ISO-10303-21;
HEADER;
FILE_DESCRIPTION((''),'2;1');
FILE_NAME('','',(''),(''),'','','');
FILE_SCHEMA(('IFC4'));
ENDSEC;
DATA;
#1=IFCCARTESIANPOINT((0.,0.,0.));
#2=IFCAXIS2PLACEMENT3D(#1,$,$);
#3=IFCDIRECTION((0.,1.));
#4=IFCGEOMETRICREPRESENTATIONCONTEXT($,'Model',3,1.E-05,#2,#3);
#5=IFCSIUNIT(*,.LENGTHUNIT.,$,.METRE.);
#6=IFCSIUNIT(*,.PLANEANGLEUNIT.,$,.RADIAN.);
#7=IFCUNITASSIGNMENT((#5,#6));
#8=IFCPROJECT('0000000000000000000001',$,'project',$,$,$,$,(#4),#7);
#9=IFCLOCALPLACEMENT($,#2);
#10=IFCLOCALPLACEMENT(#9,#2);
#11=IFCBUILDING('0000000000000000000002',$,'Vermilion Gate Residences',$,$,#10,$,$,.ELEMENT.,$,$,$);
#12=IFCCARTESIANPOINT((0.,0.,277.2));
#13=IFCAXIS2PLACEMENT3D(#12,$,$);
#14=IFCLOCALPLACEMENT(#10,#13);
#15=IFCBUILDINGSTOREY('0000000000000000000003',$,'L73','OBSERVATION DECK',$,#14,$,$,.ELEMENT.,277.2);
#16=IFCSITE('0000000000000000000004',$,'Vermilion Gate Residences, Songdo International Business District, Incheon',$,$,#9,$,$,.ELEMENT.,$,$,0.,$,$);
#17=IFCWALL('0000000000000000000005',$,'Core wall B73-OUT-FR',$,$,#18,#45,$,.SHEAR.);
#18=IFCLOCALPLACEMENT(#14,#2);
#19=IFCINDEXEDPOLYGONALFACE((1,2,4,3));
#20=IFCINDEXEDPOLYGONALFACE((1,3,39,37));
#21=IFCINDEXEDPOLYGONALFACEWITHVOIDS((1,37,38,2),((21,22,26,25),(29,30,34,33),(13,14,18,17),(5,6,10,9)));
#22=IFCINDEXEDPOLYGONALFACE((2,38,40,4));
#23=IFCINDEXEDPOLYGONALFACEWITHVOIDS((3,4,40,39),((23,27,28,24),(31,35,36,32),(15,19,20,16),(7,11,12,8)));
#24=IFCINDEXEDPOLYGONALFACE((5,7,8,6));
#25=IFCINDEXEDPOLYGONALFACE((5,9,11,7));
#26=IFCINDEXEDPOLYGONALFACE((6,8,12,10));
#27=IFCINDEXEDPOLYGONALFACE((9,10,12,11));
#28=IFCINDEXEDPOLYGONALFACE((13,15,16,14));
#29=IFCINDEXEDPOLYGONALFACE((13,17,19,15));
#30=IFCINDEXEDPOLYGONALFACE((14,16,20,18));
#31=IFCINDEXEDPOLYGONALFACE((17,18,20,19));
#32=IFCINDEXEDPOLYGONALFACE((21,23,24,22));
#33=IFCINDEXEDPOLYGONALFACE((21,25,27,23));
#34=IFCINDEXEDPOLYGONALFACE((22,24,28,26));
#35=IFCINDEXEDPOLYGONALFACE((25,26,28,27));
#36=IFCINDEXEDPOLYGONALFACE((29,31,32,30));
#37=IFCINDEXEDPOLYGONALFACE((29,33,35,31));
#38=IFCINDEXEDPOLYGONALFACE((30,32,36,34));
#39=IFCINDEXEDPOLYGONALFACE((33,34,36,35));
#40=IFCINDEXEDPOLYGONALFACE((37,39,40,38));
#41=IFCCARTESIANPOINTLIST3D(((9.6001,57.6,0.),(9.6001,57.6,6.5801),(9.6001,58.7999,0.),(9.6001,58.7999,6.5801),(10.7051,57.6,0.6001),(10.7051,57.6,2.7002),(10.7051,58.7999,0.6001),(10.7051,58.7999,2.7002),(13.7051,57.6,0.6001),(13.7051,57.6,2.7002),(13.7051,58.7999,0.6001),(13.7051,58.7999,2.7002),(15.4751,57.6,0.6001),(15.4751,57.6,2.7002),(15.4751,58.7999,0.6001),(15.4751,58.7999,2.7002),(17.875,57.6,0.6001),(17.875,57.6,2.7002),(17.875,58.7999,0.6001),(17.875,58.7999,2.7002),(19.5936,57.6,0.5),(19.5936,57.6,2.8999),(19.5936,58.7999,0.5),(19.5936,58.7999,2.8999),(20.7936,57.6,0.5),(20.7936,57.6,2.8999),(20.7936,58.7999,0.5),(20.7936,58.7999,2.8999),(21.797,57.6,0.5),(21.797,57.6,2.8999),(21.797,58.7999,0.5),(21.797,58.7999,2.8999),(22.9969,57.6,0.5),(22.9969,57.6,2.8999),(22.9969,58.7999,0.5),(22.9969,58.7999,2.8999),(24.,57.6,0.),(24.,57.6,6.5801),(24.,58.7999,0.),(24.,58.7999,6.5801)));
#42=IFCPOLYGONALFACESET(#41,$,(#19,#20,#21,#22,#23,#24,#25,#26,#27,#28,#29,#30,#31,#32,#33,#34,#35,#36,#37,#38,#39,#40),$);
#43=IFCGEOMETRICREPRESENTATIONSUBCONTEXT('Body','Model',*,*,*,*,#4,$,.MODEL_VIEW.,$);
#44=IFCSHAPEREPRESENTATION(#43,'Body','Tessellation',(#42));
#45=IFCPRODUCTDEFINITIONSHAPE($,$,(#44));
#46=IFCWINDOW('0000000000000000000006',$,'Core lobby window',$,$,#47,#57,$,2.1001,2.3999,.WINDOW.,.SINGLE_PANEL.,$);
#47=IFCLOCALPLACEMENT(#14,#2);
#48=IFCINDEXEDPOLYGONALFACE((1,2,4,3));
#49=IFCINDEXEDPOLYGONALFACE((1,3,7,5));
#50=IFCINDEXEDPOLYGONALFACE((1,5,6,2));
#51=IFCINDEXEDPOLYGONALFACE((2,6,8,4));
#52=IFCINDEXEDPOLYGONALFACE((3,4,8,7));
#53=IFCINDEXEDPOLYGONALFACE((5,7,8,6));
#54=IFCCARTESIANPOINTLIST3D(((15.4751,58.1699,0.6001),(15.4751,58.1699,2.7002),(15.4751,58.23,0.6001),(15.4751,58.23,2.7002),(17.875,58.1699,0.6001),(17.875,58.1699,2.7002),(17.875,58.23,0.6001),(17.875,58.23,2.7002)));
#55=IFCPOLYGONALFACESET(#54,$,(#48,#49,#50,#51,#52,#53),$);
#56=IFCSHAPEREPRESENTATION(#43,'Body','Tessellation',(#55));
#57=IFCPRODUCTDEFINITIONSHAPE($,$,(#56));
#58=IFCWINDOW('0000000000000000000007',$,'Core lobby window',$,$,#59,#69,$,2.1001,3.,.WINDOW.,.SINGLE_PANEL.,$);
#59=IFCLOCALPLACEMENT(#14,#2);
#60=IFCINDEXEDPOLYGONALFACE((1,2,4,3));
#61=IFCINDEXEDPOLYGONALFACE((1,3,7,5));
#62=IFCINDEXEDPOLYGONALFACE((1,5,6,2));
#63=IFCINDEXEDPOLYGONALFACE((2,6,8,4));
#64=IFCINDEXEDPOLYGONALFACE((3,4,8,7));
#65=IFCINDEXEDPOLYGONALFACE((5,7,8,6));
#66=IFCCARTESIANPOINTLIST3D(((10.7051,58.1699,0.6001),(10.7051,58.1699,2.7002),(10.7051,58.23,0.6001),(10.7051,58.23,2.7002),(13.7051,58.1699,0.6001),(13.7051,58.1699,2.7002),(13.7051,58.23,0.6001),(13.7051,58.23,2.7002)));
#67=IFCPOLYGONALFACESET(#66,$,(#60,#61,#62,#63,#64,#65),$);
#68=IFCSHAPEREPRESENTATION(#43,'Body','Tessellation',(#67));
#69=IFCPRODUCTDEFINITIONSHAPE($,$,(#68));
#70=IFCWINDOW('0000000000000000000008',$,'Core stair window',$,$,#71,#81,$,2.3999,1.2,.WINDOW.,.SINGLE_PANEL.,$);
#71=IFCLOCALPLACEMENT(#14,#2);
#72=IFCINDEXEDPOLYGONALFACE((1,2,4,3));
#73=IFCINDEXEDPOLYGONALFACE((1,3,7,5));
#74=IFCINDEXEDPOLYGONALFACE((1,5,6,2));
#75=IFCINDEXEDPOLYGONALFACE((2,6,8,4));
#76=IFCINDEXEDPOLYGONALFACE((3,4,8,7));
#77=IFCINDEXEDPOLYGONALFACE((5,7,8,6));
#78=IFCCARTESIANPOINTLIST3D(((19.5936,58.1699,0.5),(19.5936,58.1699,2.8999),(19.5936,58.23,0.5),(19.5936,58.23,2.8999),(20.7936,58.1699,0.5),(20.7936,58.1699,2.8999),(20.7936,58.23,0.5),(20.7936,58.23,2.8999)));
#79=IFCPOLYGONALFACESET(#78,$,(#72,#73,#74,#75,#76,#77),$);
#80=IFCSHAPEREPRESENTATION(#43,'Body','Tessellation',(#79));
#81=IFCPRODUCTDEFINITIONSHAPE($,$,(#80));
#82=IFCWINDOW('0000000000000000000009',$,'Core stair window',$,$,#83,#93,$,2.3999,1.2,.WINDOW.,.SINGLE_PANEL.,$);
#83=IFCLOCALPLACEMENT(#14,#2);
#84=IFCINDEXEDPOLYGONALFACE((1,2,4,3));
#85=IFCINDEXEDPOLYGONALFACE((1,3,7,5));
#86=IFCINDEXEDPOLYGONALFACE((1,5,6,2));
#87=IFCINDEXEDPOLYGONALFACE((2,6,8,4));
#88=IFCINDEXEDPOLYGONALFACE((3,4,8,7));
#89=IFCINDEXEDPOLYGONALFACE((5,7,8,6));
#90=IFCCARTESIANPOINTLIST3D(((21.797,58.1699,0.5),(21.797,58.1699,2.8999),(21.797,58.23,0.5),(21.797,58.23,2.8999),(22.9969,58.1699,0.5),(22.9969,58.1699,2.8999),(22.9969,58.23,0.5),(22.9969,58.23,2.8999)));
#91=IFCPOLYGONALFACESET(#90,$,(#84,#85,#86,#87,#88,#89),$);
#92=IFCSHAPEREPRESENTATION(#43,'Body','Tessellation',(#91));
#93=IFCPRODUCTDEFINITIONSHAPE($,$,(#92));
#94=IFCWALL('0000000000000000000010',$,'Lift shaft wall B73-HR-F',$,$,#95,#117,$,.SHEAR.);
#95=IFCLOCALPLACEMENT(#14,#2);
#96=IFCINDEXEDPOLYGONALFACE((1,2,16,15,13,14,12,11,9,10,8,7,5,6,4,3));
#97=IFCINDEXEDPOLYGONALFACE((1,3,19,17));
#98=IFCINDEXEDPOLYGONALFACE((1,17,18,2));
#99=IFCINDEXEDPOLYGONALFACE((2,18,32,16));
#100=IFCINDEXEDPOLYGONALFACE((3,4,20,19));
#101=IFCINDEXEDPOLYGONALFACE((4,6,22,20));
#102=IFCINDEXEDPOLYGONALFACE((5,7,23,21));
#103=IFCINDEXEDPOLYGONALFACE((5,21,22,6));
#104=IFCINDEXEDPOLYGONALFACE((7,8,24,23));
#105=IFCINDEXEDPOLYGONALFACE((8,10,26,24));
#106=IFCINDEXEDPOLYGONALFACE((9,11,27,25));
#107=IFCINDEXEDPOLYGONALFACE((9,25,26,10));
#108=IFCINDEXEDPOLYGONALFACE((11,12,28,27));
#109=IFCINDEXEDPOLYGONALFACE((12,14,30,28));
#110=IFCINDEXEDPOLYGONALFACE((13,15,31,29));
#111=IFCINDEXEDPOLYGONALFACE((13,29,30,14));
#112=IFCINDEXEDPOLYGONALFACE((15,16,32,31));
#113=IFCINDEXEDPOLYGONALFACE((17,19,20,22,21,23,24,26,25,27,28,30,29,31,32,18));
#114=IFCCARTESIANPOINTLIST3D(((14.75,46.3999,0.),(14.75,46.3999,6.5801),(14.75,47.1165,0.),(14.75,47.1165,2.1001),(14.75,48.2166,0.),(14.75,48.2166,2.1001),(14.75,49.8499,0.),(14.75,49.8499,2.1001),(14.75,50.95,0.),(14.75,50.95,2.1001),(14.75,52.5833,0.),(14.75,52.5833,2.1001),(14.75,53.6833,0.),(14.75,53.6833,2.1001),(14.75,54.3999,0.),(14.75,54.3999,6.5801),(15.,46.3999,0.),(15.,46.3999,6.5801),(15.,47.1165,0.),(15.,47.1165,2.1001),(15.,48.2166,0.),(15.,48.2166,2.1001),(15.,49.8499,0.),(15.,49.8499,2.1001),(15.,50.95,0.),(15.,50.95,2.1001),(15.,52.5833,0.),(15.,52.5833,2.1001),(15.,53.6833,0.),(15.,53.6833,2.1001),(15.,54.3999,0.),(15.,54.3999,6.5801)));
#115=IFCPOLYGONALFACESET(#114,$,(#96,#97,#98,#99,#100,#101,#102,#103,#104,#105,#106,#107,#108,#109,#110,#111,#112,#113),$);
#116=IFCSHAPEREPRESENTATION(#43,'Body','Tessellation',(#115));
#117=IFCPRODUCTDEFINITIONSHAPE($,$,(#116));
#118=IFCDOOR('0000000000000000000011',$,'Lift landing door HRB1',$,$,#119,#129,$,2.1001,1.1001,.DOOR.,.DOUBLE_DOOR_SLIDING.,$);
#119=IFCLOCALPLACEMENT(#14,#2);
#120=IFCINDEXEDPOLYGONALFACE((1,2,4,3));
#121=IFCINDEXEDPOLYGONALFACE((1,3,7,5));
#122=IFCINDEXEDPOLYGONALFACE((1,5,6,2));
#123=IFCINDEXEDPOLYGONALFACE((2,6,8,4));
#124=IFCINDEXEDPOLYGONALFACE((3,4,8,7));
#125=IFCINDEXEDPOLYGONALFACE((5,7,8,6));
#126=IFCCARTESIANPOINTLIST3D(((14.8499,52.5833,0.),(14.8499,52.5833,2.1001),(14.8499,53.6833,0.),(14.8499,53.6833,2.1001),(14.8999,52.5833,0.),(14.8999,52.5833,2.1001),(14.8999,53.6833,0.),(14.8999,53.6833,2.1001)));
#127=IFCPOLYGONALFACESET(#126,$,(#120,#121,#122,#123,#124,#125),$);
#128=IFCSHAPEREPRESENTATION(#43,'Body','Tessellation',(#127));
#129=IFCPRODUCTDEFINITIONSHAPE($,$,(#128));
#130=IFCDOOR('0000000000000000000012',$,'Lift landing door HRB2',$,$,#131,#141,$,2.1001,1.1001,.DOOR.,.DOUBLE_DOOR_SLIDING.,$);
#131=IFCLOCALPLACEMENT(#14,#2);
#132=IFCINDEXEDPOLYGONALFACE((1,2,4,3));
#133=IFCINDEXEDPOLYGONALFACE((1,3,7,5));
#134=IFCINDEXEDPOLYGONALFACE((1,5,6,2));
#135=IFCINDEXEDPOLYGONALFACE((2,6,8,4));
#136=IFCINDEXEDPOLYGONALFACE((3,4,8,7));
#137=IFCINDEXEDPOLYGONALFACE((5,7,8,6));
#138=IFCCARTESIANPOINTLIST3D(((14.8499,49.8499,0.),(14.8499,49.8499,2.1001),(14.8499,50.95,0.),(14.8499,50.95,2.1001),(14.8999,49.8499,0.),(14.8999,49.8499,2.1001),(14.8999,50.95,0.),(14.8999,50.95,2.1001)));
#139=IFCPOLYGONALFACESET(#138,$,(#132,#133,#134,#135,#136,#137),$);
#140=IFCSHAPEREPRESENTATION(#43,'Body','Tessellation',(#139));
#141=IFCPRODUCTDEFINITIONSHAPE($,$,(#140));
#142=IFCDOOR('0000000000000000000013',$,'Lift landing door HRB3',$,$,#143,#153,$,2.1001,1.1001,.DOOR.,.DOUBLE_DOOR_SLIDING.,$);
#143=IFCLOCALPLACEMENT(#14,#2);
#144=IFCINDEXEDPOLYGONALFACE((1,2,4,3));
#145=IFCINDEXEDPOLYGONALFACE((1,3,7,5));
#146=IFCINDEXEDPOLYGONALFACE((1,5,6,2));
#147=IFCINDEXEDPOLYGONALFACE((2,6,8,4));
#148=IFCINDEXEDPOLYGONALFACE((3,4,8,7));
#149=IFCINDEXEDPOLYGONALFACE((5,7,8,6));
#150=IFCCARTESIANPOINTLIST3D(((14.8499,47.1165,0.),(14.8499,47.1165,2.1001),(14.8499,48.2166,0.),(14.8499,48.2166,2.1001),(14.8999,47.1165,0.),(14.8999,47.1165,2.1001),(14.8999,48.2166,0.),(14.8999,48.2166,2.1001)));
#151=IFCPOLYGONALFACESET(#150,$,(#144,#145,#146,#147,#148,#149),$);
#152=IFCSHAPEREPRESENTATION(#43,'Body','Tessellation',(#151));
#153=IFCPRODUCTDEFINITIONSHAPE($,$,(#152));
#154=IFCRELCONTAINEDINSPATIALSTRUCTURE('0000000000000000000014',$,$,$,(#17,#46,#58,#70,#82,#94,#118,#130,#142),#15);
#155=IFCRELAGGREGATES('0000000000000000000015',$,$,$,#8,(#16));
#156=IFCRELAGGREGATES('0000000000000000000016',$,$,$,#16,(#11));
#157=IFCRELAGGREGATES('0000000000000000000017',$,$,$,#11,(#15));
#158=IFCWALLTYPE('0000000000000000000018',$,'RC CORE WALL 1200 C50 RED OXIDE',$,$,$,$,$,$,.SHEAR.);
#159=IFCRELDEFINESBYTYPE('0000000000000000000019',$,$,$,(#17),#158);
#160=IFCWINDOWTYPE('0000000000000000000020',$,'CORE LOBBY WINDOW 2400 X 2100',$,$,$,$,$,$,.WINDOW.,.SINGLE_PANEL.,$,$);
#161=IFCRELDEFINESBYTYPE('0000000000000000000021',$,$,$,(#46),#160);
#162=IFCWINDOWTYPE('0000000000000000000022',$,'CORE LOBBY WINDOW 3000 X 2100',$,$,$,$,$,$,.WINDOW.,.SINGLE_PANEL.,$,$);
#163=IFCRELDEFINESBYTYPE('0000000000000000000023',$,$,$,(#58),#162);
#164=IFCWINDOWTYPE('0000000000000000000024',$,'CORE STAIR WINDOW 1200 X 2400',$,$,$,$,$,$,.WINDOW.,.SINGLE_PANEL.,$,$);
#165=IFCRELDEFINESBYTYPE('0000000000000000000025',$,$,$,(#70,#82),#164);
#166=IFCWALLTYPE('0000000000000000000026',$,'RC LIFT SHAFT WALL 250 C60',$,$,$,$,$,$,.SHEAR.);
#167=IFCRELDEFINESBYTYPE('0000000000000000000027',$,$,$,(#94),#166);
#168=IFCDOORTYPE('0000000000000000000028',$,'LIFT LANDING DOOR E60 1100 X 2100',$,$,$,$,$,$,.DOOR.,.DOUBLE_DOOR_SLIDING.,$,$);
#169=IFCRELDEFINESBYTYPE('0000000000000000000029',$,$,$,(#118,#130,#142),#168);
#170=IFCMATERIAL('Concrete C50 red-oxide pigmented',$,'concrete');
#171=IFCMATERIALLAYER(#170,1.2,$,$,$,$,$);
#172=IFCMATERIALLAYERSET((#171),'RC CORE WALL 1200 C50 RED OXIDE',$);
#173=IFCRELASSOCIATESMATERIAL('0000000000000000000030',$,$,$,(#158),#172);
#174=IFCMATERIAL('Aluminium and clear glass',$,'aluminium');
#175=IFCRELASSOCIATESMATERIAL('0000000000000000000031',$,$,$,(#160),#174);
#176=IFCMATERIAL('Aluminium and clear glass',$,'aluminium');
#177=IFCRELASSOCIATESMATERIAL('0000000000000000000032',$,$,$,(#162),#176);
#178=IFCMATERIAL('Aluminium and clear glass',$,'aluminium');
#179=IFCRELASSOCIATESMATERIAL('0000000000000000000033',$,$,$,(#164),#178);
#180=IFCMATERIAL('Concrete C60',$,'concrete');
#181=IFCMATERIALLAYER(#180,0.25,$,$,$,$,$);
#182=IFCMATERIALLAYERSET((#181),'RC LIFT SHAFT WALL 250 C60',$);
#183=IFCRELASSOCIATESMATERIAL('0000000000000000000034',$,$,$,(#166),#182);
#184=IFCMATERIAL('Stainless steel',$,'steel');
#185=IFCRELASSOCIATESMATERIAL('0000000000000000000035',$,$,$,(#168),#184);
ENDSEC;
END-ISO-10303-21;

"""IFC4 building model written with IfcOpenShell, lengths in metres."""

from ifc_helpers import new_model, si_unit, direction, frame, frame_2d, origin, place, context, subcontext, project, spatial, rectangle, extrude, material, layer, layer_set, type_object, element, fill, save


model = new_model("IFC4")

# Units and contexts
model_context = context("Model", 3, precision=1e-05, world=origin(), true_north=direction((0.0, 1.0)))
body_context = subcontext(model_context, "Body", "Model", "MODEL_VIEW")
ifc_project = project(units=[si_unit("LENGTHUNIT", "METRE"), si_unit("PLANEANGLEUNIT", "RADIAN")], contexts=[model_context])

# Site, building, storey
site_placement = place(None, origin())
site = spatial("IfcSite", under=ifc_project, at=site_placement, Name="Vermilion Gate Residences, Songdo International Business District, Incheon", CompositionType="ELEMENT", RefElevation=0.0)
building_placement = place(site_placement, origin())
building = spatial("IfcBuilding", under=site, at=building_placement, Name="Vermilion Gate Residences", CompositionType="ELEMENT")
storey_placement = place(building_placement, frame((0.0, 0.0, 277.2)))
storey = spatial("IfcBuildingStorey", under=building, at=storey_placement, Name="L73", Description="OBSERVATION DECK", CompositionType="ELEMENT", Elevation=277.2)

# Wall, openings, windows
ifc_material_1 = material(Name="Concrete C50 red-oxide pigmented", Category="concrete")
ifc_layer_1 = layer(ifc_material_1, 1.2)
ifc_layer_set_1 = layer_set([ifc_layer_1], Name="RC CORE WALL 1200 C50 RED OXIDE")
wall_type_1 = type_object("IfcWallType", Name="RC CORE WALL 1200 C50 RED OXIDE", PredefinedType="SHEAR", material=ifc_layer_set_1)
ifc_material_2 = material(Name="Aluminium and clear glass", Category="aluminium")
window_type_1 = type_object("IfcWindowType", Name="CORE LOBBY WINDOW 2400 X 2100", PartitioningType="SINGLE_PANEL", PredefinedType="WINDOW", material=ifc_material_2)
wall_1_placement = place(storey_placement, frame((9.6001, 58.2, 0.0), z_axis=(0.0, 0.0, 1.0), x_axis=(1.0, 0.0, 0.0)))
wall_1 = element("IfcWall", 1, at=wall_1_placement, inside=storey, type_object=wall_type_1, Name="Core wall B73-OUT-FR", PredefinedType="SHEAR", context=body_context, shape_type="SweptSolid", body=[
    extrude(rectangle(XDim=14.3999, YDim=1.2, at=frame_2d((7.2, 0.0))), origin(), (0.0, 0.0, 1.0), 6.5801),
])
opening_1_placement = place(wall_1_placement, frame((1.105, 0.0, 0.6001)))
opening_1 = element("IfcOpeningElement", 2, at=opening_1_placement, cuts=wall_1, PredefinedType="OPENING", context=body_context, shape_type="SweptSolid", body=[
    extrude(rectangle(XDim=3.0, YDim=2.1001, at=frame_2d((1.5, 1.05))), frame((0.0, 0.6099, 0.0), z_axis=(0.0, -1.0, 0.0), x_axis=(1.0, 0.0, 0.0)), (0.0, 0.0, 1.0), 1.22),
])
opening_2_placement = place(wall_1_placement, frame((5.875, 0.0, 0.6001)))
opening_2 = element("IfcOpeningElement", 3, at=opening_2_placement, cuts=wall_1, PredefinedType="OPENING", context=body_context, shape_type="SweptSolid", body=[
    extrude(rectangle(XDim=2.3999, YDim=2.1001, at=frame_2d((1.2, 1.05))), frame((0.0, 0.6099, 0.0), z_axis=(0.0, -1.0, 0.0), x_axis=(1.0, 0.0, 0.0)), (0.0, 0.0, 1.0), 1.22),
])
opening_3_placement = place(wall_1_placement, frame((9.9934, 0.0, 0.5)))
opening_3 = element("IfcOpeningElement", 4, at=opening_3_placement, cuts=wall_1, PredefinedType="OPENING", context=body_context, shape_type="SweptSolid", body=[
    extrude(rectangle(XDim=1.2, YDim=2.3999, at=frame_2d((0.6001, 1.2))), frame((0.0, 0.6099, 0.0), z_axis=(0.0, -1.0, 0.0), x_axis=(1.0, 0.0, 0.0)), (0.0, 0.0, 1.0), 1.22),
])
opening_4_placement = place(wall_1_placement, frame((12.1968, 0.0, 0.5)))
opening_4 = element("IfcOpeningElement", 5, at=opening_4_placement, cuts=wall_1, PredefinedType="OPENING", context=body_context, shape_type="SweptSolid", body=[
    extrude(rectangle(XDim=1.2, YDim=2.3999, at=frame_2d((0.6001, 1.2))), frame((0.0, 0.6099, 0.0), z_axis=(0.0, -1.0, 0.0), x_axis=(1.0, 0.0, 0.0)), (0.0, 0.0, 1.0), 1.22),
])
window_1_placement = place(opening_2_placement, origin())
window_1 = element("IfcWindow", 6, at=window_1_placement, inside=storey, type_object=window_type_1, Name="Core lobby window", OverallHeight=2.1001, OverallWidth=2.3999, PartitioningType="SINGLE_PANEL", PredefinedType="WINDOW", context=body_context, shape_type="SweptSolid", body=[
    extrude(rectangle(XDim=2.3999, YDim=2.1001, at=frame_2d((1.2, 1.05))), frame((0.0, 0.03, 0.0), z_axis=(0.0, -1.0, 0.0), x_axis=(1.0, 0.0, 0.0)), (0.0, 0.0, 1.0), 0.0601),
])
fill(opening_2, window_1)
ifc_material_3 = material(Name="Aluminium and clear glass", Category="aluminium")
window_type_2 = type_object("IfcWindowType", Name="CORE LOBBY WINDOW 3000 X 2100", PartitioningType="SINGLE_PANEL", PredefinedType="WINDOW", material=ifc_material_3)
window_2_placement = place(opening_1_placement, origin())
window_2 = element("IfcWindow", 7, at=window_2_placement, inside=storey, type_object=window_type_2, Name="Core lobby window", OverallHeight=2.1001, OverallWidth=3.0, PartitioningType="SINGLE_PANEL", PredefinedType="WINDOW", context=body_context, shape_type="SweptSolid", body=[
    extrude(rectangle(XDim=3.0, YDim=2.1001, at=frame_2d((1.5, 1.05))), frame((0.0, 0.03, 0.0), z_axis=(0.0, -1.0, 0.0), x_axis=(1.0, 0.0, 0.0)), (0.0, 0.0, 1.0), 0.0601),
])
fill(opening_1, window_2)
ifc_material_4 = material(Name="Aluminium and clear glass", Category="aluminium")
window_type_3 = type_object("IfcWindowType", Name="CORE STAIR WINDOW 1200 X 2400", PartitioningType="SINGLE_PANEL", PredefinedType="WINDOW", material=ifc_material_4)
window_3_placement = place(opening_3_placement, origin())
window_3 = element("IfcWindow", 8, at=window_3_placement, inside=storey, type_object=window_type_3, Name="Core stair window", OverallHeight=2.3999, OverallWidth=1.2, PartitioningType="SINGLE_PANEL", PredefinedType="WINDOW", context=body_context, shape_type="SweptSolid", body=[
    extrude(rectangle(XDim=1.2, YDim=2.3999, at=frame_2d((0.6001, 1.2))), frame((0.0, 0.03, 0.0), z_axis=(0.0, -1.0, 0.0), x_axis=(1.0, 0.0, 0.0)), (0.0, 0.0, 1.0), 0.0601),
])
fill(opening_3, window_3)
window_4_placement = place(opening_4_placement, origin())
window_4 = element("IfcWindow", 9, at=window_4_placement, inside=storey, type_object=window_type_3, Name="Core stair window", OverallHeight=2.3999, OverallWidth=1.2, PartitioningType="SINGLE_PANEL", PredefinedType="WINDOW", context=body_context, shape_type="SweptSolid", body=[
    extrude(rectangle(XDim=1.2, YDim=2.3999, at=frame_2d((0.6001, 1.2))), frame((0.0, 0.03, 0.0), z_axis=(0.0, -1.0, 0.0), x_axis=(1.0, 0.0, 0.0)), (0.0, 0.0, 1.0), 0.0601),
])
fill(opening_4, window_4)

# Wall, openings, doors
ifc_material_5 = material(Name="Concrete C60", Category="concrete")
ifc_layer_2 = layer(ifc_material_5, 0.25)
ifc_layer_set_2 = layer_set([ifc_layer_2], Name="RC LIFT SHAFT WALL 250 C60")
wall_type_2 = type_object("IfcWallType", Name="RC LIFT SHAFT WALL 250 C60", PredefinedType="SHEAR", material=ifc_layer_set_2)
wall_2_placement = place(storey_placement, frame((14.875, 54.3999, 0.0), z_axis=(0.0, 0.0, 1.0), x_axis=(0.0, -1.0, 0.0)))
wall_2 = element("IfcWall", 10, at=wall_2_placement, inside=storey, type_object=wall_type_2, Name="Lift shaft wall B73-HR-F", PredefinedType="SHEAR", context=body_context, shape_type="SweptSolid", body=[
    extrude(rectangle(XDim=8.0, YDim=0.25, at=frame_2d((4.0, 0.0))), origin(), (0.0, 0.0, 1.0), 6.5801),
])
opening_5_placement = place(wall_2_placement, frame((0.7166, 0.0, 0.0)))
opening_5 = element("IfcOpeningElement", 11, at=opening_5_placement, cuts=wall_2, PredefinedType="OPENING", context=body_context, shape_type="SweptSolid", body=[
    extrude(rectangle(XDim=1.1001, YDim=2.1001, at=frame_2d((0.55, 1.05))), frame((0.0, 0.135, 0.0), z_axis=(0.0, -1.0, 0.0), x_axis=(1.0, 0.0, 0.0)), (0.0, 0.0, 1.0), 0.27),
])
opening_6_placement = place(wall_2_placement, frame((3.45, 0.0, 0.0)))
opening_6 = element("IfcOpeningElement", 12, at=opening_6_placement, cuts=wall_2, PredefinedType="OPENING", context=body_context, shape_type="SweptSolid", body=[
    extrude(rectangle(XDim=1.1001, YDim=2.1001, at=frame_2d((0.55, 1.05))), frame((0.0, 0.135, 0.0), z_axis=(0.0, -1.0, 0.0), x_axis=(1.0, 0.0, 0.0)), (0.0, 0.0, 1.0), 0.27),
])
opening_7_placement = place(wall_2_placement, frame((6.1833, 0.0, 0.0)))
opening_7 = element("IfcOpeningElement", 13, at=opening_7_placement, cuts=wall_2, PredefinedType="OPENING", context=body_context, shape_type="SweptSolid", body=[
    extrude(rectangle(XDim=1.1001, YDim=2.1001, at=frame_2d((0.55, 1.05))), frame((0.0, 0.135, 0.0), z_axis=(0.0, -1.0, 0.0), x_axis=(1.0, 0.0, 0.0)), (0.0, 0.0, 1.0), 0.27),
])
ifc_material_6 = material(Name="Stainless steel", Category="steel")
door_type_1 = type_object("IfcDoorType", Name="LIFT LANDING DOOR E60 1100 X 2100", OperationType="DOUBLE_DOOR_SLIDING", PredefinedType="DOOR", material=ifc_material_6)
door_1_placement = place(opening_5_placement, origin())
door_1 = element("IfcDoor", 14, at=door_1_placement, inside=storey, type_object=door_type_1, Name="Lift landing door HRB1", OperationType="DOUBLE_DOOR_SLIDING", OverallHeight=2.1001, OverallWidth=1.1001, PredefinedType="DOOR", context=body_context, shape_type="SweptSolid", body=[
    extrude(rectangle(XDim=1.1001, YDim=2.1001, at=frame_2d((0.55, 1.05))), frame((0.0, 0.0249, 0.0), z_axis=(0.0, -1.0, 0.0), x_axis=(1.0, 0.0, 0.0)), (0.0, 0.0, 1.0), 0.05),
])
fill(opening_5, door_1)
door_2_placement = place(opening_6_placement, origin())
door_2 = element("IfcDoor", 15, at=door_2_placement, inside=storey, type_object=door_type_1, Name="Lift landing door HRB2", OperationType="DOUBLE_DOOR_SLIDING", OverallHeight=2.1001, OverallWidth=1.1001, PredefinedType="DOOR", context=body_context, shape_type="SweptSolid", body=[
    extrude(rectangle(XDim=1.1001, YDim=2.1001, at=frame_2d((0.55, 1.05))), frame((0.0, 0.0249, 0.0), z_axis=(0.0, -1.0, 0.0), x_axis=(1.0, 0.0, 0.0)), (0.0, 0.0, 1.0), 0.05),
])
fill(opening_6, door_2)
door_3_placement = place(opening_7_placement, origin())
door_3 = element("IfcDoor", 16, at=door_3_placement, inside=storey, type_object=door_type_1, Name="Lift landing door HRB3", OperationType="DOUBLE_DOOR_SLIDING", OverallHeight=2.1001, OverallWidth=1.1001, PredefinedType="DOOR", context=body_context, shape_type="SweptSolid", body=[
    extrude(rectangle(XDim=1.1001, YDim=2.1001, at=frame_2d((0.55, 1.05))), frame((0.0, 0.0249, 0.0), z_axis=(0.0, -1.0, 0.0), x_axis=(1.0, 0.0, 0.0)), (0.0, 0.0, 1.0), 0.05),
])
fill(opening_7, door_3)

save(model, "model.ifc")
